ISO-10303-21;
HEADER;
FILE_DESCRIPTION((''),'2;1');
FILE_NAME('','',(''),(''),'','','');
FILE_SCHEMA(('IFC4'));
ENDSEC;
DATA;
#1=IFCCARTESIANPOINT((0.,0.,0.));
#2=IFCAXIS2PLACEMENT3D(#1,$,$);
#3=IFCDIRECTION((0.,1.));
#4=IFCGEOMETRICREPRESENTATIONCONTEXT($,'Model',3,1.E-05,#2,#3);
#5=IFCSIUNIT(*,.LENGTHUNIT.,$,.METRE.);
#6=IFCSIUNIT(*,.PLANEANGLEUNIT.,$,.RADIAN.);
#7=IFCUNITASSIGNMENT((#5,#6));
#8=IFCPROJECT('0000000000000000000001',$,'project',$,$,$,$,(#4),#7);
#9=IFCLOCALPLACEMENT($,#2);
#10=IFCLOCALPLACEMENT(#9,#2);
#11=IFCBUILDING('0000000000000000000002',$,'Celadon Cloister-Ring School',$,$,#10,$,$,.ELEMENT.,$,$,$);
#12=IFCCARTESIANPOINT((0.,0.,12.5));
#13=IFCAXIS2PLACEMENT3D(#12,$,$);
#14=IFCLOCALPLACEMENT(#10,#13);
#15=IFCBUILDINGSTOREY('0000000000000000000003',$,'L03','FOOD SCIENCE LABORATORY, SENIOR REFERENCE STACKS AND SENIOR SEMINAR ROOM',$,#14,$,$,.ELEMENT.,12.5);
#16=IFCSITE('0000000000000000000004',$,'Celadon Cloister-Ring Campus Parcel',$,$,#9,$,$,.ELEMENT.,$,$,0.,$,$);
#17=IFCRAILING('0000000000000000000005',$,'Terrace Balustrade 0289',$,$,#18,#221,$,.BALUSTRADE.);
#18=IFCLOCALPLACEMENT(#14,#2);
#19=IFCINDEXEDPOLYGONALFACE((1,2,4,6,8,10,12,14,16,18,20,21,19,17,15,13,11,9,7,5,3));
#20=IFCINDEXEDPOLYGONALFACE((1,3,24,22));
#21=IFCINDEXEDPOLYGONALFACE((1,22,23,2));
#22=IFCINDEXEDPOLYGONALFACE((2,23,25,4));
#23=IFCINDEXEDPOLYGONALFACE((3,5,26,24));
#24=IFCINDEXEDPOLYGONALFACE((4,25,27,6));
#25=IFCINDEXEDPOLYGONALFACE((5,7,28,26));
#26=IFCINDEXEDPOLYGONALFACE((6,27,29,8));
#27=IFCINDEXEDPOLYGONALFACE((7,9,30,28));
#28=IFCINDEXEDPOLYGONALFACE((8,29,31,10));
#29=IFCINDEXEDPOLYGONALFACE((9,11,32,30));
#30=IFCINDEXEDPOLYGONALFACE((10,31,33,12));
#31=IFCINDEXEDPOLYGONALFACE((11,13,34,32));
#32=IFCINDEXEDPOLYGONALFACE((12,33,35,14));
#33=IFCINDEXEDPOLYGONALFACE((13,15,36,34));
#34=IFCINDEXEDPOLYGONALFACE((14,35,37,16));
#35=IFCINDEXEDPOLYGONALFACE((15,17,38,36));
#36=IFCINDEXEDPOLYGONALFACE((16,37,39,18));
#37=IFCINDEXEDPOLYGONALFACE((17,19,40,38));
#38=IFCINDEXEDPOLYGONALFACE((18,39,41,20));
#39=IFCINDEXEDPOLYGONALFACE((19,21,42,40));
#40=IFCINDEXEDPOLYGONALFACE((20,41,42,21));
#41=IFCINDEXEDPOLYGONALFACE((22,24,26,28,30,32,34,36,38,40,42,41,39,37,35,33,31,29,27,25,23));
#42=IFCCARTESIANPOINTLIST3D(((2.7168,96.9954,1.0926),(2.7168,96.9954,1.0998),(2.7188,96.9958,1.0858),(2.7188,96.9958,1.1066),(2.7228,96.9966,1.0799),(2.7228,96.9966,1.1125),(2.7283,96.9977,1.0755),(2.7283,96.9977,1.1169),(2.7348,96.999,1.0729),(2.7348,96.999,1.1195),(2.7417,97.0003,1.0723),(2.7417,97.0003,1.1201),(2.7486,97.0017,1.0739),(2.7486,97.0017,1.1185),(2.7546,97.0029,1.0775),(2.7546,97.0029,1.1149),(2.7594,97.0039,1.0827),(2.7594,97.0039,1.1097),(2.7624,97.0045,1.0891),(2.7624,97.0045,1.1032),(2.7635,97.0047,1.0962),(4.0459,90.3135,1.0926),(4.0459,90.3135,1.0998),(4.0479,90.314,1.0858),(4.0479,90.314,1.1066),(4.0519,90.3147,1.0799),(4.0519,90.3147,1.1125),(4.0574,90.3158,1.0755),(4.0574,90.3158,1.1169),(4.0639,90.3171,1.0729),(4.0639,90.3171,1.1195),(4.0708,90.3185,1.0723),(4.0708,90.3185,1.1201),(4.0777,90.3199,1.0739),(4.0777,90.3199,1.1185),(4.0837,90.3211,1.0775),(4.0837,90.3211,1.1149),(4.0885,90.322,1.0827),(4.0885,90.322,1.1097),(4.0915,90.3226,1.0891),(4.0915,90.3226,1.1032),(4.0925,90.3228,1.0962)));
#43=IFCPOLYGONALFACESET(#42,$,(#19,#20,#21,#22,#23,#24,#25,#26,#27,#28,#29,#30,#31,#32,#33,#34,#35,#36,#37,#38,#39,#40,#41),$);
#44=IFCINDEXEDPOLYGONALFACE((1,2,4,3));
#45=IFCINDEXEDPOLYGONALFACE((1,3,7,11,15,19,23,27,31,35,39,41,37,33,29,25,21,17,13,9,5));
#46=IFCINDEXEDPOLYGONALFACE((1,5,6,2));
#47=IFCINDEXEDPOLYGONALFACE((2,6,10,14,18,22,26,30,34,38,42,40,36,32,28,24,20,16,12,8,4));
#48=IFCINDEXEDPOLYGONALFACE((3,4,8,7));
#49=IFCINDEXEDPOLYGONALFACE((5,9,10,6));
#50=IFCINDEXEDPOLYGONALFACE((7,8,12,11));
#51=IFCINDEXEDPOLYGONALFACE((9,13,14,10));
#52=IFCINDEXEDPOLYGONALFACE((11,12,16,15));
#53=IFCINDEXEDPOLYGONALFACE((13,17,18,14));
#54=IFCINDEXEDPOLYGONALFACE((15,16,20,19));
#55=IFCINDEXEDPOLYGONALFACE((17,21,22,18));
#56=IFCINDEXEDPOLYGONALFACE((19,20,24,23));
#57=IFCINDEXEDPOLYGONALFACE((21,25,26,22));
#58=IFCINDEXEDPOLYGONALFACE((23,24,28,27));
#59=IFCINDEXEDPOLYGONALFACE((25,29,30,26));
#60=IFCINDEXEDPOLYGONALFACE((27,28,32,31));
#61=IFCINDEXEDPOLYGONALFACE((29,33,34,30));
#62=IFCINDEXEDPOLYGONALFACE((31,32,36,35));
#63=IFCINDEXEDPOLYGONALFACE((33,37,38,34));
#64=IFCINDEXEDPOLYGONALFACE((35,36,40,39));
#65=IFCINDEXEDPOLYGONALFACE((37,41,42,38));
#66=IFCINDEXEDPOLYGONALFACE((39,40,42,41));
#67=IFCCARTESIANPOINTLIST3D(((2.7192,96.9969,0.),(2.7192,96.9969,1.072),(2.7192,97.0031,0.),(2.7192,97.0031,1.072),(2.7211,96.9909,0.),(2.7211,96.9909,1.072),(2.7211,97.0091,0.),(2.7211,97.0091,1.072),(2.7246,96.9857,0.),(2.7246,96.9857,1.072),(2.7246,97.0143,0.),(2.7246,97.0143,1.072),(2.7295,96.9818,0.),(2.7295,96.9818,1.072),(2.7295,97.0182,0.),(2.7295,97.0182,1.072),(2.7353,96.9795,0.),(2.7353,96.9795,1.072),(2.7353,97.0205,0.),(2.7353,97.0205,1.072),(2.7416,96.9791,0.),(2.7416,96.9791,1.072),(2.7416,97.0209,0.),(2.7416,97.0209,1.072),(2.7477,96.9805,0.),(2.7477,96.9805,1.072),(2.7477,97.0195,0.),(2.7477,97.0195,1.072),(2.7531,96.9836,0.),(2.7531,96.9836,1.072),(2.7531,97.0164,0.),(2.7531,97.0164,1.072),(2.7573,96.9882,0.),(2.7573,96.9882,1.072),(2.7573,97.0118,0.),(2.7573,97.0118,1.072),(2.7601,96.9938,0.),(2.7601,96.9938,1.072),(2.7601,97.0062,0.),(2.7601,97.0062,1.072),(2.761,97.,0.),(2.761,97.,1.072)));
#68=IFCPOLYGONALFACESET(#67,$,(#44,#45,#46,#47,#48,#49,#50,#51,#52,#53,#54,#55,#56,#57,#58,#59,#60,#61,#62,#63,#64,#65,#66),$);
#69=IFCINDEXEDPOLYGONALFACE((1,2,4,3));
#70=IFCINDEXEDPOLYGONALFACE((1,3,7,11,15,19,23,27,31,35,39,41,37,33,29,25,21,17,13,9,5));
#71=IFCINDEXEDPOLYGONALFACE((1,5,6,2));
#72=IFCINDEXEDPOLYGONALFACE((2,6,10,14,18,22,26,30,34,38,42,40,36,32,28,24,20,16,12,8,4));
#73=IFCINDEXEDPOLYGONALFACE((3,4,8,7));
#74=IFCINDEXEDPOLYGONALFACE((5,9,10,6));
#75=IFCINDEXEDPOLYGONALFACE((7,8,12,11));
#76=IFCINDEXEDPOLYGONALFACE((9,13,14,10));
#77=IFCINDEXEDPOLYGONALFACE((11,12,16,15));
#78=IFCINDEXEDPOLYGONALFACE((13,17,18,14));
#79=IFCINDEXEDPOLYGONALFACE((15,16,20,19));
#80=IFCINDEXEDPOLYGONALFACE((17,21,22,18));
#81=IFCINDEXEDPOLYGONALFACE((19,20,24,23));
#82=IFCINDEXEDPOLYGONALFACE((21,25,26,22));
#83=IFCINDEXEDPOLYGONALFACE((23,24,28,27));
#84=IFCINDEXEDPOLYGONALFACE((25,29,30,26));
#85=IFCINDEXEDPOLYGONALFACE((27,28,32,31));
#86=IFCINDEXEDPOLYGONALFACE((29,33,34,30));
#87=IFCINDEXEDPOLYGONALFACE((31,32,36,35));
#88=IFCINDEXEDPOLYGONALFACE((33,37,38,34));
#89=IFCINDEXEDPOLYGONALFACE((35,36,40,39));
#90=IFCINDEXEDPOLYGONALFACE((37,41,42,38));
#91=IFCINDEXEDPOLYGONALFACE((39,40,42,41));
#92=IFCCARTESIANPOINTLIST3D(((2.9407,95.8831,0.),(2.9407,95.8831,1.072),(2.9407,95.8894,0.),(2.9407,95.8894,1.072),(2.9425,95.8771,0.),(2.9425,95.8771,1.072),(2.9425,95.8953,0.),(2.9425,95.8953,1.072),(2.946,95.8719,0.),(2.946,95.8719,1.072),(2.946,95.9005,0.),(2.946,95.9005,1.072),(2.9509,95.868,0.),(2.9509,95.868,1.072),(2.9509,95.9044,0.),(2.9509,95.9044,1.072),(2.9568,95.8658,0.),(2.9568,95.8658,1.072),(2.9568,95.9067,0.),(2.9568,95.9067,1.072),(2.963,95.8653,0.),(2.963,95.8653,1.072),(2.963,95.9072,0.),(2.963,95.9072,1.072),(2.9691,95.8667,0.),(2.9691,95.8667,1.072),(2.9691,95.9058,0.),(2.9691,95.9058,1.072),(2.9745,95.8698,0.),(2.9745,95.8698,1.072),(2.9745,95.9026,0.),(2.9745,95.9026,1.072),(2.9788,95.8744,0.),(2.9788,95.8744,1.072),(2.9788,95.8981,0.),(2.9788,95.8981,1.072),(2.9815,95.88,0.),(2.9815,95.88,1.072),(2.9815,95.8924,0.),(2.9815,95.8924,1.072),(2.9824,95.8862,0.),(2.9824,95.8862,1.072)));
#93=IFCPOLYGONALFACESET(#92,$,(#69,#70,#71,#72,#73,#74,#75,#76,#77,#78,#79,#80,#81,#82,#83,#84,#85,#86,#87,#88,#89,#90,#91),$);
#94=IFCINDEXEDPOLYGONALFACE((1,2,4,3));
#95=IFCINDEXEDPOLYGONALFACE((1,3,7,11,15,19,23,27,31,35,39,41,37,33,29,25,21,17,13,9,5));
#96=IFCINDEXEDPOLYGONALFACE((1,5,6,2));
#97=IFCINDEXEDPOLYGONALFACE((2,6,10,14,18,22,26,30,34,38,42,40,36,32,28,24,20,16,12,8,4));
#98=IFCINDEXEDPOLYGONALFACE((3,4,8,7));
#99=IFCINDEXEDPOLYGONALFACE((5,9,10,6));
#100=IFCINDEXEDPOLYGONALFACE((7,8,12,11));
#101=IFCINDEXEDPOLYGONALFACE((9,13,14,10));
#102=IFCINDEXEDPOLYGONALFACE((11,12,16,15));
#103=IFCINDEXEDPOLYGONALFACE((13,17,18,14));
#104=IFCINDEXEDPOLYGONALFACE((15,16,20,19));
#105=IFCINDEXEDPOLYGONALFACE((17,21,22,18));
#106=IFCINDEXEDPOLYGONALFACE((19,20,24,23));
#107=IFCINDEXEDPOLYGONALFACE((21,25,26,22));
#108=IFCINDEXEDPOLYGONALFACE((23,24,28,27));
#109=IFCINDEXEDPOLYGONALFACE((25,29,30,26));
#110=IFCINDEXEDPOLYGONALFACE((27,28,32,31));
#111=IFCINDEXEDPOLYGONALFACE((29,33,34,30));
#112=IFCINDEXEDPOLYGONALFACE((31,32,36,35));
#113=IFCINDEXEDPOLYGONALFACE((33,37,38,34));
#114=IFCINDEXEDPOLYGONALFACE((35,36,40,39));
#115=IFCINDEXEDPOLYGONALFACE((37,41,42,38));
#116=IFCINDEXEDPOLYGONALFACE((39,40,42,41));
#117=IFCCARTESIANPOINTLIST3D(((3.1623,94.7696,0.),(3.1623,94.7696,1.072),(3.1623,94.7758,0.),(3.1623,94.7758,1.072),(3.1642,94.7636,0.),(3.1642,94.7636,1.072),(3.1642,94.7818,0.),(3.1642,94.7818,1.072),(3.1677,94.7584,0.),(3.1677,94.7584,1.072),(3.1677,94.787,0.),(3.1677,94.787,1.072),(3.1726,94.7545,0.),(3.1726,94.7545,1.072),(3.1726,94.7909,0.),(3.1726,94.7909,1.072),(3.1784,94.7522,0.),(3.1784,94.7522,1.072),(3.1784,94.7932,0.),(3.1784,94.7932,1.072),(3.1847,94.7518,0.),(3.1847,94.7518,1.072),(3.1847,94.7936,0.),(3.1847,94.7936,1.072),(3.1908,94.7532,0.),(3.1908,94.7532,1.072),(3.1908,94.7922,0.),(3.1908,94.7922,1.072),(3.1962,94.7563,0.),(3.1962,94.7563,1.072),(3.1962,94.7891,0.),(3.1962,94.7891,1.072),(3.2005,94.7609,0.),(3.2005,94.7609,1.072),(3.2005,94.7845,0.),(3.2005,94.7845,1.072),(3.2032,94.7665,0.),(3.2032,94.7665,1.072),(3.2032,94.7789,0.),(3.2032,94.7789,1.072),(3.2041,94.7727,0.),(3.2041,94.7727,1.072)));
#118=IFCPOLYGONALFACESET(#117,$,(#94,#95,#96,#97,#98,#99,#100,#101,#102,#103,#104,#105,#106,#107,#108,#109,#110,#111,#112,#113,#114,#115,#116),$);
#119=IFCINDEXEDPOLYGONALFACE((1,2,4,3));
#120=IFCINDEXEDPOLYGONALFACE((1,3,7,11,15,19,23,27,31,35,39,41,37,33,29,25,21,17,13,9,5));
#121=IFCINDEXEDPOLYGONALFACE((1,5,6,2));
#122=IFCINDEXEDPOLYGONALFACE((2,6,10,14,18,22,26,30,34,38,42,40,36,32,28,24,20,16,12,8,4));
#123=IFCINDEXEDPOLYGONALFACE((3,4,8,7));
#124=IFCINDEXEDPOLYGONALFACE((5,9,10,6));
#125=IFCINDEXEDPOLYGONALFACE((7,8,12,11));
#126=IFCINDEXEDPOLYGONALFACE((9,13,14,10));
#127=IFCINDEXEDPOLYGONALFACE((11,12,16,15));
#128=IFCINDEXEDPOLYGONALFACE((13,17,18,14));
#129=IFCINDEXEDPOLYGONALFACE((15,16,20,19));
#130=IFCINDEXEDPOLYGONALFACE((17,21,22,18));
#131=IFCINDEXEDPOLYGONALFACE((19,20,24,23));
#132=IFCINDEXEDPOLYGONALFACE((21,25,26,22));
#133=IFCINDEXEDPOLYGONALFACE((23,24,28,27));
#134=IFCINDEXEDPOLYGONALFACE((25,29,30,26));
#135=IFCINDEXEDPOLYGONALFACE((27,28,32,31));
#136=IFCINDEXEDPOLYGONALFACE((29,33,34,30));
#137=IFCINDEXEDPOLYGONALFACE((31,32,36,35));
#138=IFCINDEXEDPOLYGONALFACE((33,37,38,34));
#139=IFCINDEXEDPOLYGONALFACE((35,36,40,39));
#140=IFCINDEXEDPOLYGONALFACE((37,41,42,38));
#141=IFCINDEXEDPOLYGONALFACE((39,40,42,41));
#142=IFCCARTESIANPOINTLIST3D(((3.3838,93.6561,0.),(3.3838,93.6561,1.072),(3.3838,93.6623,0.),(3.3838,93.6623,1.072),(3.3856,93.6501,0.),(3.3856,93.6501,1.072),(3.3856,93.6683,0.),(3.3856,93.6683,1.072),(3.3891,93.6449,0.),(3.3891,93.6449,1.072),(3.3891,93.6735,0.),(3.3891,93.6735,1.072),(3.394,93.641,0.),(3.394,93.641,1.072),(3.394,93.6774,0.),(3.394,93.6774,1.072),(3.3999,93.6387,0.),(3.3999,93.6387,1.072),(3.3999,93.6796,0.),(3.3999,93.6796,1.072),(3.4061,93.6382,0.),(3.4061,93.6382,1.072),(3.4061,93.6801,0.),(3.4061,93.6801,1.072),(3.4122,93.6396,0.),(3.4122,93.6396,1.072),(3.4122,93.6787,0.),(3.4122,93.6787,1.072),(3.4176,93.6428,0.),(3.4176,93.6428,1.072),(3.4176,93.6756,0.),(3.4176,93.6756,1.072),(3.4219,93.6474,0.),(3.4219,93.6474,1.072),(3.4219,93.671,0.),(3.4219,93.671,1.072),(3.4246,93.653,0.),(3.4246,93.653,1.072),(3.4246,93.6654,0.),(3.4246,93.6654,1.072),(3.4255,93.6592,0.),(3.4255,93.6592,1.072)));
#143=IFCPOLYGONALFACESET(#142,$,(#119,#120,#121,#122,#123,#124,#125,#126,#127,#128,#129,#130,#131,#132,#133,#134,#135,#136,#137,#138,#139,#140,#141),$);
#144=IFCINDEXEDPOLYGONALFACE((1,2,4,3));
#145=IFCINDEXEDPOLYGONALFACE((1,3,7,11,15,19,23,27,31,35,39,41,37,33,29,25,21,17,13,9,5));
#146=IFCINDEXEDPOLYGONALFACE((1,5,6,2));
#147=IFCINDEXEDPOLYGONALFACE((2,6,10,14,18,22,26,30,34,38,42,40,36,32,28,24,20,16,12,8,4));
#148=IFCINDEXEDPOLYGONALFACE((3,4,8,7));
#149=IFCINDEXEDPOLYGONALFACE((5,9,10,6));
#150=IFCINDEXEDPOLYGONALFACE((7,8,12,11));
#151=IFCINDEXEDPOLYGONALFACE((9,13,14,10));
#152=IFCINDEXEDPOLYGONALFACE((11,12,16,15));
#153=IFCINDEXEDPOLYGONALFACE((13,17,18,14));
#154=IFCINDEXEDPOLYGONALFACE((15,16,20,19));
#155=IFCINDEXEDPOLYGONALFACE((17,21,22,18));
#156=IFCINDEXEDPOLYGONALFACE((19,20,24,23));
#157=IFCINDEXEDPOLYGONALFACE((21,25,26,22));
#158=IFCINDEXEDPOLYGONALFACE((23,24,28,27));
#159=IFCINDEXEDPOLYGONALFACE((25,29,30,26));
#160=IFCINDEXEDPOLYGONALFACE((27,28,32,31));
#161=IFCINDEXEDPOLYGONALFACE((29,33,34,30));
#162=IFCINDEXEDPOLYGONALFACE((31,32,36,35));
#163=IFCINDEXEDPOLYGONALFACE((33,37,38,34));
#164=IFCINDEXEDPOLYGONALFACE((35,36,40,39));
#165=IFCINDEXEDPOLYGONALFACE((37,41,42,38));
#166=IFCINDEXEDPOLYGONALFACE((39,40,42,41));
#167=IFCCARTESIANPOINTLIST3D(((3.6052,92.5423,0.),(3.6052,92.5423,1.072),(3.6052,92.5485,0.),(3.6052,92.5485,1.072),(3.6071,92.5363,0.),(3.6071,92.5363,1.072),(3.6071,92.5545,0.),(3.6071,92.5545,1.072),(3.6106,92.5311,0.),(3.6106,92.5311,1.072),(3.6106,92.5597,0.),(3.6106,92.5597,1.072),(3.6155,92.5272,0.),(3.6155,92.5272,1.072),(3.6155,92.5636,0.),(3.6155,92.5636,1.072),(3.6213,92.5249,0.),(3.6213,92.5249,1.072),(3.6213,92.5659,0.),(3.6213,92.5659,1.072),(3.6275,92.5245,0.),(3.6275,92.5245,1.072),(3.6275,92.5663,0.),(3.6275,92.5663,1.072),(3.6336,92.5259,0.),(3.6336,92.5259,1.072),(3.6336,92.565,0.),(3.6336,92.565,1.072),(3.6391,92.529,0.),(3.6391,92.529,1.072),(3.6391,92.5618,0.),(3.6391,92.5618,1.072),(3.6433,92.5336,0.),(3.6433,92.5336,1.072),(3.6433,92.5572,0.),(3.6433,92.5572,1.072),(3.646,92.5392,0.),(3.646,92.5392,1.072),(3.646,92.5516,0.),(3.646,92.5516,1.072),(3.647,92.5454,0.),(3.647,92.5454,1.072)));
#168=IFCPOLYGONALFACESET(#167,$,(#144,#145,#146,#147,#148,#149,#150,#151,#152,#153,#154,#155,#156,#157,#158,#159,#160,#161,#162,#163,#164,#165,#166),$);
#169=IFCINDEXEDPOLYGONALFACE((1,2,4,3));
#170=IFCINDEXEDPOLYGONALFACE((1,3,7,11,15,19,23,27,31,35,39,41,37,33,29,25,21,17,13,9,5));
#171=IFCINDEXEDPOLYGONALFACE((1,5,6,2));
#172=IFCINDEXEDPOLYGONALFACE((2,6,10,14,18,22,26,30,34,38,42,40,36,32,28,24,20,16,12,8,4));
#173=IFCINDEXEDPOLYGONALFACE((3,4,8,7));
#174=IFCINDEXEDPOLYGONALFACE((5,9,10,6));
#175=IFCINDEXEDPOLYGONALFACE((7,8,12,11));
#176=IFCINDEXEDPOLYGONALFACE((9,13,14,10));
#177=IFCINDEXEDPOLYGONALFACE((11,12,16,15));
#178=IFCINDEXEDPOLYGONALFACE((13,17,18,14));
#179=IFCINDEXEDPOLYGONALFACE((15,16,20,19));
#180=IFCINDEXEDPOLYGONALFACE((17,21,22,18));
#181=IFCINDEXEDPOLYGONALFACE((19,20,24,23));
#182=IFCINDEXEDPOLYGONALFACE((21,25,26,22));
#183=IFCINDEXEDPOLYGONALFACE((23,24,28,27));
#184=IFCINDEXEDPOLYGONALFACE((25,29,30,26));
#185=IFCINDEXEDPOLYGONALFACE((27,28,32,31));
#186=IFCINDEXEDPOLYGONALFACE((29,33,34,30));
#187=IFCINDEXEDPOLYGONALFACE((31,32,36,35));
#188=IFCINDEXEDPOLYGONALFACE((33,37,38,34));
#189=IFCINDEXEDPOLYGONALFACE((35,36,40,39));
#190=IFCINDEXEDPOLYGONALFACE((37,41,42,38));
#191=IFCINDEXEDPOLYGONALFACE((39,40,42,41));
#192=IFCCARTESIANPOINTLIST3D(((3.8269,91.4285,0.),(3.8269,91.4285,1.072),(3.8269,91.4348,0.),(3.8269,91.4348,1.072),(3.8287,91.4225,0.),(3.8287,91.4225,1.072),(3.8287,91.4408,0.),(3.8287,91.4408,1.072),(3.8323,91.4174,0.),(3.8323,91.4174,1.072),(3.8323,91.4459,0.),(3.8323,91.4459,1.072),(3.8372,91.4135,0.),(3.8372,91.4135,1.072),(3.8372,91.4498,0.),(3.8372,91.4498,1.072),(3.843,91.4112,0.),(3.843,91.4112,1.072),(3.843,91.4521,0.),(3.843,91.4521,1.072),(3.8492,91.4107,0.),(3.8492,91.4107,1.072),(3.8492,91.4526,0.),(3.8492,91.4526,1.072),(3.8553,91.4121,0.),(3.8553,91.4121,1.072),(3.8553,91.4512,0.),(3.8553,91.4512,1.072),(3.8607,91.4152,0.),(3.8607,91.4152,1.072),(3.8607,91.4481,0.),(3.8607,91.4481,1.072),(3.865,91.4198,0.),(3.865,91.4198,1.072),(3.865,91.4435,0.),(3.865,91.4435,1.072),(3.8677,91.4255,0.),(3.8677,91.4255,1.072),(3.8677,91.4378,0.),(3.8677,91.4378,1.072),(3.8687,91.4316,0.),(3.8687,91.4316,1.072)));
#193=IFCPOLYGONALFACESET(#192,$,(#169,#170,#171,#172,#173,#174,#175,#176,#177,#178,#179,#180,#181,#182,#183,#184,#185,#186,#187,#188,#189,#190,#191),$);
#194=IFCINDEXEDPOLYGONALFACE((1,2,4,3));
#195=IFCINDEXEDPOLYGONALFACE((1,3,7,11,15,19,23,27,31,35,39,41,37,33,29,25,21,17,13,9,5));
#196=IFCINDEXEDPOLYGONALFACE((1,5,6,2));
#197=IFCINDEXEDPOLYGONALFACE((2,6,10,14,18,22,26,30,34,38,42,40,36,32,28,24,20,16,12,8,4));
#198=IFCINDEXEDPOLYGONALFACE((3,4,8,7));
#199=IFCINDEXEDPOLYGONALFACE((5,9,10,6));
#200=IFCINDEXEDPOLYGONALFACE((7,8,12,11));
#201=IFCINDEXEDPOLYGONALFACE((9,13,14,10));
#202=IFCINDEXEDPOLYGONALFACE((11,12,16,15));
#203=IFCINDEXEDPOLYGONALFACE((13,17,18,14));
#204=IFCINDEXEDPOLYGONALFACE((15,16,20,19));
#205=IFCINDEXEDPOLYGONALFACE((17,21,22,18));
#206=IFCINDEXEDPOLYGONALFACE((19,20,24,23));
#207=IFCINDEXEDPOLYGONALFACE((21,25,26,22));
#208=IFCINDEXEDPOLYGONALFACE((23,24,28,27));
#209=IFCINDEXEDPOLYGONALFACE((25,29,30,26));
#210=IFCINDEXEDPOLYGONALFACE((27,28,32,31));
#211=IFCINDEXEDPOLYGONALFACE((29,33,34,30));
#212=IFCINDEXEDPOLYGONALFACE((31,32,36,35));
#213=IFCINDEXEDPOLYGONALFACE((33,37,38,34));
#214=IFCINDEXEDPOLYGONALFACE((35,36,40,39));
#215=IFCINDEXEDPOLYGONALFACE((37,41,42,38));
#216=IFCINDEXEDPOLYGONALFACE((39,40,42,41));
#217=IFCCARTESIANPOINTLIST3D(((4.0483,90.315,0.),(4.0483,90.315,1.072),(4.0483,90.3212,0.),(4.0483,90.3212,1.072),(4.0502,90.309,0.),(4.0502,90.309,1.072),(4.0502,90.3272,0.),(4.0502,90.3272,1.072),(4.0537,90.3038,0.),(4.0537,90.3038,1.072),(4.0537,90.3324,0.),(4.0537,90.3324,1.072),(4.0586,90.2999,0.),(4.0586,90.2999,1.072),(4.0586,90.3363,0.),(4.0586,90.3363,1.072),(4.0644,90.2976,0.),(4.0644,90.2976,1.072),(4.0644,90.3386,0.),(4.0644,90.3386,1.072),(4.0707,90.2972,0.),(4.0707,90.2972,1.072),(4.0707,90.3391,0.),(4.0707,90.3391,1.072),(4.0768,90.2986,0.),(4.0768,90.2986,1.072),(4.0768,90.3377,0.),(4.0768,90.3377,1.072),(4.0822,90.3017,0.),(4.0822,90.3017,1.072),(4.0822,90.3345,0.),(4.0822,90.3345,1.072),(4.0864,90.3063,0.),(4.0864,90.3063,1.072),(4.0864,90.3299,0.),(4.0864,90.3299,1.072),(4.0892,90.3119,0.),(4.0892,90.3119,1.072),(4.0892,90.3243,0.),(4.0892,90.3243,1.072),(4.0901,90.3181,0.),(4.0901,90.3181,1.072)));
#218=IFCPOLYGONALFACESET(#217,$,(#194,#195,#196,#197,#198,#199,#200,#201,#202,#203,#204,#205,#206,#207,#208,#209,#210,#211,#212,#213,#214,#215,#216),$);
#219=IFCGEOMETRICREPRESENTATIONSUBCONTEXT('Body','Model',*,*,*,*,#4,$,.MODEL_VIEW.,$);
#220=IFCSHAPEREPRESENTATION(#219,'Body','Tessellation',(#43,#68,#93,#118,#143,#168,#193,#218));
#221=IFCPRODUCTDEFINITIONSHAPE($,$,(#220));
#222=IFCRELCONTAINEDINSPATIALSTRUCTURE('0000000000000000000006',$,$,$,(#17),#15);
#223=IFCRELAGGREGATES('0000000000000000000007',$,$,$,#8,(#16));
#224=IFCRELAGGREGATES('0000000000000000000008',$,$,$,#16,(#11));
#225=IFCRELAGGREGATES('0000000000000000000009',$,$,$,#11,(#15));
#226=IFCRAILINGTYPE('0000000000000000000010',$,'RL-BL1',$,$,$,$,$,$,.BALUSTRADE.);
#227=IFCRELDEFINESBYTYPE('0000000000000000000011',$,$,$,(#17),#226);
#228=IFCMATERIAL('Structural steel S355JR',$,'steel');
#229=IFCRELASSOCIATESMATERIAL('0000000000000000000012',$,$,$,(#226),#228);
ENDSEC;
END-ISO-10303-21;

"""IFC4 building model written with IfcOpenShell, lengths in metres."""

from ifc_helpers import new_model, si_unit, direction, frame, origin, origin_2d, place, context, subcontext, project, spatial, circle, extrude, material, type_object, element, save


model = new_model("IFC4")

# Units and contexts
model_context = context("Model", 3, precision=1e-05, world=origin(), true_north=direction((0.0, 1.0)))
body_context = subcontext(model_context, "Body", "Model", "MODEL_VIEW")
ifc_project = project(units=[si_unit("LENGTHUNIT", "METRE"), si_unit("PLANEANGLEUNIT", "RADIAN")], contexts=[model_context])

# Site, building, storey
site_placement = place(None, origin())
site = spatial("IfcSite", under=ifc_project, at=site_placement, Name="Celadon Cloister-Ring Campus Parcel", CompositionType="ELEMENT", RefElevation=0.0)
building_placement = place(site_placement, origin())
building = spatial("IfcBuilding", under=site, at=building_placement, Name="Celadon Cloister-Ring School", CompositionType="ELEMENT")
storey_placement = place(building_placement, frame((0.0, 0.0, 12.5)))
storey = spatial("IfcBuildingStorey", under=building, at=storey_placement, Name="L03", Description="FOOD SCIENCE LABORATORY, SENIOR REFERENCE STACKS AND SENIOR SEMINAR ROOM", CompositionType="ELEMENT", Elevation=12.5)

# Railing
ifc_material_1 = material(Name="Structural steel S355JR", Category="steel")
railing_type = type_object("IfcRailingType", Name="RL-BL1", PredefinedType="BALUSTRADE", material=ifc_material_1)
railing_1_placement = place(storey_placement, frame((2.74, 97.0, 0.0)))
element("IfcRailing", 1, at=railing_1_placement, inside=storey, type_object=railing_type, Name="Terrace Balustrade 0289", PredefinedType="BALUSTRADE", context=body_context, shape_type="SweptSolid", body=[
    extrude(circle(Radius=0.0239, at=origin_2d()), frame((0.0, 0.0, 1.0962), z_axis=(0.195089, -0.980786, 0.0), x_axis=(0.980786, 0.195089, 0.0)), (0.0, 0.0, 1.0), 6.8127),
    extrude(circle(Radius=0.021, at=origin_2d()), origin(), (0.0, 0.0, 1.0), 1.072),
    extrude(circle(Radius=0.021, at=origin_2d()), frame((0.2214, -1.1138, 0.0)), (0.0, 0.0, 1.0), 1.072),
    extrude(circle(Radius=0.021, at=origin_2d()), frame((0.4431, -2.2273, 0.0)), (0.0, 0.0, 1.0), 1.072),
    extrude(circle(Radius=0.021, at=origin_2d()), frame((0.6646, -3.3408, 0.0)), (0.0, 0.0, 1.0), 1.072),
    extrude(circle(Radius=0.021, at=origin_2d()), frame((0.886, -4.4546, 0.0)), (0.0, 0.0, 1.0), 1.072),
    extrude(circle(Radius=0.021, at=origin_2d()), frame((1.1077, -5.5684, 0.0)), (0.0, 0.0, 1.0), 1.072),
    extrude(circle(Radius=0.021, at=origin_2d()), frame((1.3291, -6.6819, 0.0)), (0.0, 0.0, 1.0), 1.072),
])

save(model, "model.ifc")
